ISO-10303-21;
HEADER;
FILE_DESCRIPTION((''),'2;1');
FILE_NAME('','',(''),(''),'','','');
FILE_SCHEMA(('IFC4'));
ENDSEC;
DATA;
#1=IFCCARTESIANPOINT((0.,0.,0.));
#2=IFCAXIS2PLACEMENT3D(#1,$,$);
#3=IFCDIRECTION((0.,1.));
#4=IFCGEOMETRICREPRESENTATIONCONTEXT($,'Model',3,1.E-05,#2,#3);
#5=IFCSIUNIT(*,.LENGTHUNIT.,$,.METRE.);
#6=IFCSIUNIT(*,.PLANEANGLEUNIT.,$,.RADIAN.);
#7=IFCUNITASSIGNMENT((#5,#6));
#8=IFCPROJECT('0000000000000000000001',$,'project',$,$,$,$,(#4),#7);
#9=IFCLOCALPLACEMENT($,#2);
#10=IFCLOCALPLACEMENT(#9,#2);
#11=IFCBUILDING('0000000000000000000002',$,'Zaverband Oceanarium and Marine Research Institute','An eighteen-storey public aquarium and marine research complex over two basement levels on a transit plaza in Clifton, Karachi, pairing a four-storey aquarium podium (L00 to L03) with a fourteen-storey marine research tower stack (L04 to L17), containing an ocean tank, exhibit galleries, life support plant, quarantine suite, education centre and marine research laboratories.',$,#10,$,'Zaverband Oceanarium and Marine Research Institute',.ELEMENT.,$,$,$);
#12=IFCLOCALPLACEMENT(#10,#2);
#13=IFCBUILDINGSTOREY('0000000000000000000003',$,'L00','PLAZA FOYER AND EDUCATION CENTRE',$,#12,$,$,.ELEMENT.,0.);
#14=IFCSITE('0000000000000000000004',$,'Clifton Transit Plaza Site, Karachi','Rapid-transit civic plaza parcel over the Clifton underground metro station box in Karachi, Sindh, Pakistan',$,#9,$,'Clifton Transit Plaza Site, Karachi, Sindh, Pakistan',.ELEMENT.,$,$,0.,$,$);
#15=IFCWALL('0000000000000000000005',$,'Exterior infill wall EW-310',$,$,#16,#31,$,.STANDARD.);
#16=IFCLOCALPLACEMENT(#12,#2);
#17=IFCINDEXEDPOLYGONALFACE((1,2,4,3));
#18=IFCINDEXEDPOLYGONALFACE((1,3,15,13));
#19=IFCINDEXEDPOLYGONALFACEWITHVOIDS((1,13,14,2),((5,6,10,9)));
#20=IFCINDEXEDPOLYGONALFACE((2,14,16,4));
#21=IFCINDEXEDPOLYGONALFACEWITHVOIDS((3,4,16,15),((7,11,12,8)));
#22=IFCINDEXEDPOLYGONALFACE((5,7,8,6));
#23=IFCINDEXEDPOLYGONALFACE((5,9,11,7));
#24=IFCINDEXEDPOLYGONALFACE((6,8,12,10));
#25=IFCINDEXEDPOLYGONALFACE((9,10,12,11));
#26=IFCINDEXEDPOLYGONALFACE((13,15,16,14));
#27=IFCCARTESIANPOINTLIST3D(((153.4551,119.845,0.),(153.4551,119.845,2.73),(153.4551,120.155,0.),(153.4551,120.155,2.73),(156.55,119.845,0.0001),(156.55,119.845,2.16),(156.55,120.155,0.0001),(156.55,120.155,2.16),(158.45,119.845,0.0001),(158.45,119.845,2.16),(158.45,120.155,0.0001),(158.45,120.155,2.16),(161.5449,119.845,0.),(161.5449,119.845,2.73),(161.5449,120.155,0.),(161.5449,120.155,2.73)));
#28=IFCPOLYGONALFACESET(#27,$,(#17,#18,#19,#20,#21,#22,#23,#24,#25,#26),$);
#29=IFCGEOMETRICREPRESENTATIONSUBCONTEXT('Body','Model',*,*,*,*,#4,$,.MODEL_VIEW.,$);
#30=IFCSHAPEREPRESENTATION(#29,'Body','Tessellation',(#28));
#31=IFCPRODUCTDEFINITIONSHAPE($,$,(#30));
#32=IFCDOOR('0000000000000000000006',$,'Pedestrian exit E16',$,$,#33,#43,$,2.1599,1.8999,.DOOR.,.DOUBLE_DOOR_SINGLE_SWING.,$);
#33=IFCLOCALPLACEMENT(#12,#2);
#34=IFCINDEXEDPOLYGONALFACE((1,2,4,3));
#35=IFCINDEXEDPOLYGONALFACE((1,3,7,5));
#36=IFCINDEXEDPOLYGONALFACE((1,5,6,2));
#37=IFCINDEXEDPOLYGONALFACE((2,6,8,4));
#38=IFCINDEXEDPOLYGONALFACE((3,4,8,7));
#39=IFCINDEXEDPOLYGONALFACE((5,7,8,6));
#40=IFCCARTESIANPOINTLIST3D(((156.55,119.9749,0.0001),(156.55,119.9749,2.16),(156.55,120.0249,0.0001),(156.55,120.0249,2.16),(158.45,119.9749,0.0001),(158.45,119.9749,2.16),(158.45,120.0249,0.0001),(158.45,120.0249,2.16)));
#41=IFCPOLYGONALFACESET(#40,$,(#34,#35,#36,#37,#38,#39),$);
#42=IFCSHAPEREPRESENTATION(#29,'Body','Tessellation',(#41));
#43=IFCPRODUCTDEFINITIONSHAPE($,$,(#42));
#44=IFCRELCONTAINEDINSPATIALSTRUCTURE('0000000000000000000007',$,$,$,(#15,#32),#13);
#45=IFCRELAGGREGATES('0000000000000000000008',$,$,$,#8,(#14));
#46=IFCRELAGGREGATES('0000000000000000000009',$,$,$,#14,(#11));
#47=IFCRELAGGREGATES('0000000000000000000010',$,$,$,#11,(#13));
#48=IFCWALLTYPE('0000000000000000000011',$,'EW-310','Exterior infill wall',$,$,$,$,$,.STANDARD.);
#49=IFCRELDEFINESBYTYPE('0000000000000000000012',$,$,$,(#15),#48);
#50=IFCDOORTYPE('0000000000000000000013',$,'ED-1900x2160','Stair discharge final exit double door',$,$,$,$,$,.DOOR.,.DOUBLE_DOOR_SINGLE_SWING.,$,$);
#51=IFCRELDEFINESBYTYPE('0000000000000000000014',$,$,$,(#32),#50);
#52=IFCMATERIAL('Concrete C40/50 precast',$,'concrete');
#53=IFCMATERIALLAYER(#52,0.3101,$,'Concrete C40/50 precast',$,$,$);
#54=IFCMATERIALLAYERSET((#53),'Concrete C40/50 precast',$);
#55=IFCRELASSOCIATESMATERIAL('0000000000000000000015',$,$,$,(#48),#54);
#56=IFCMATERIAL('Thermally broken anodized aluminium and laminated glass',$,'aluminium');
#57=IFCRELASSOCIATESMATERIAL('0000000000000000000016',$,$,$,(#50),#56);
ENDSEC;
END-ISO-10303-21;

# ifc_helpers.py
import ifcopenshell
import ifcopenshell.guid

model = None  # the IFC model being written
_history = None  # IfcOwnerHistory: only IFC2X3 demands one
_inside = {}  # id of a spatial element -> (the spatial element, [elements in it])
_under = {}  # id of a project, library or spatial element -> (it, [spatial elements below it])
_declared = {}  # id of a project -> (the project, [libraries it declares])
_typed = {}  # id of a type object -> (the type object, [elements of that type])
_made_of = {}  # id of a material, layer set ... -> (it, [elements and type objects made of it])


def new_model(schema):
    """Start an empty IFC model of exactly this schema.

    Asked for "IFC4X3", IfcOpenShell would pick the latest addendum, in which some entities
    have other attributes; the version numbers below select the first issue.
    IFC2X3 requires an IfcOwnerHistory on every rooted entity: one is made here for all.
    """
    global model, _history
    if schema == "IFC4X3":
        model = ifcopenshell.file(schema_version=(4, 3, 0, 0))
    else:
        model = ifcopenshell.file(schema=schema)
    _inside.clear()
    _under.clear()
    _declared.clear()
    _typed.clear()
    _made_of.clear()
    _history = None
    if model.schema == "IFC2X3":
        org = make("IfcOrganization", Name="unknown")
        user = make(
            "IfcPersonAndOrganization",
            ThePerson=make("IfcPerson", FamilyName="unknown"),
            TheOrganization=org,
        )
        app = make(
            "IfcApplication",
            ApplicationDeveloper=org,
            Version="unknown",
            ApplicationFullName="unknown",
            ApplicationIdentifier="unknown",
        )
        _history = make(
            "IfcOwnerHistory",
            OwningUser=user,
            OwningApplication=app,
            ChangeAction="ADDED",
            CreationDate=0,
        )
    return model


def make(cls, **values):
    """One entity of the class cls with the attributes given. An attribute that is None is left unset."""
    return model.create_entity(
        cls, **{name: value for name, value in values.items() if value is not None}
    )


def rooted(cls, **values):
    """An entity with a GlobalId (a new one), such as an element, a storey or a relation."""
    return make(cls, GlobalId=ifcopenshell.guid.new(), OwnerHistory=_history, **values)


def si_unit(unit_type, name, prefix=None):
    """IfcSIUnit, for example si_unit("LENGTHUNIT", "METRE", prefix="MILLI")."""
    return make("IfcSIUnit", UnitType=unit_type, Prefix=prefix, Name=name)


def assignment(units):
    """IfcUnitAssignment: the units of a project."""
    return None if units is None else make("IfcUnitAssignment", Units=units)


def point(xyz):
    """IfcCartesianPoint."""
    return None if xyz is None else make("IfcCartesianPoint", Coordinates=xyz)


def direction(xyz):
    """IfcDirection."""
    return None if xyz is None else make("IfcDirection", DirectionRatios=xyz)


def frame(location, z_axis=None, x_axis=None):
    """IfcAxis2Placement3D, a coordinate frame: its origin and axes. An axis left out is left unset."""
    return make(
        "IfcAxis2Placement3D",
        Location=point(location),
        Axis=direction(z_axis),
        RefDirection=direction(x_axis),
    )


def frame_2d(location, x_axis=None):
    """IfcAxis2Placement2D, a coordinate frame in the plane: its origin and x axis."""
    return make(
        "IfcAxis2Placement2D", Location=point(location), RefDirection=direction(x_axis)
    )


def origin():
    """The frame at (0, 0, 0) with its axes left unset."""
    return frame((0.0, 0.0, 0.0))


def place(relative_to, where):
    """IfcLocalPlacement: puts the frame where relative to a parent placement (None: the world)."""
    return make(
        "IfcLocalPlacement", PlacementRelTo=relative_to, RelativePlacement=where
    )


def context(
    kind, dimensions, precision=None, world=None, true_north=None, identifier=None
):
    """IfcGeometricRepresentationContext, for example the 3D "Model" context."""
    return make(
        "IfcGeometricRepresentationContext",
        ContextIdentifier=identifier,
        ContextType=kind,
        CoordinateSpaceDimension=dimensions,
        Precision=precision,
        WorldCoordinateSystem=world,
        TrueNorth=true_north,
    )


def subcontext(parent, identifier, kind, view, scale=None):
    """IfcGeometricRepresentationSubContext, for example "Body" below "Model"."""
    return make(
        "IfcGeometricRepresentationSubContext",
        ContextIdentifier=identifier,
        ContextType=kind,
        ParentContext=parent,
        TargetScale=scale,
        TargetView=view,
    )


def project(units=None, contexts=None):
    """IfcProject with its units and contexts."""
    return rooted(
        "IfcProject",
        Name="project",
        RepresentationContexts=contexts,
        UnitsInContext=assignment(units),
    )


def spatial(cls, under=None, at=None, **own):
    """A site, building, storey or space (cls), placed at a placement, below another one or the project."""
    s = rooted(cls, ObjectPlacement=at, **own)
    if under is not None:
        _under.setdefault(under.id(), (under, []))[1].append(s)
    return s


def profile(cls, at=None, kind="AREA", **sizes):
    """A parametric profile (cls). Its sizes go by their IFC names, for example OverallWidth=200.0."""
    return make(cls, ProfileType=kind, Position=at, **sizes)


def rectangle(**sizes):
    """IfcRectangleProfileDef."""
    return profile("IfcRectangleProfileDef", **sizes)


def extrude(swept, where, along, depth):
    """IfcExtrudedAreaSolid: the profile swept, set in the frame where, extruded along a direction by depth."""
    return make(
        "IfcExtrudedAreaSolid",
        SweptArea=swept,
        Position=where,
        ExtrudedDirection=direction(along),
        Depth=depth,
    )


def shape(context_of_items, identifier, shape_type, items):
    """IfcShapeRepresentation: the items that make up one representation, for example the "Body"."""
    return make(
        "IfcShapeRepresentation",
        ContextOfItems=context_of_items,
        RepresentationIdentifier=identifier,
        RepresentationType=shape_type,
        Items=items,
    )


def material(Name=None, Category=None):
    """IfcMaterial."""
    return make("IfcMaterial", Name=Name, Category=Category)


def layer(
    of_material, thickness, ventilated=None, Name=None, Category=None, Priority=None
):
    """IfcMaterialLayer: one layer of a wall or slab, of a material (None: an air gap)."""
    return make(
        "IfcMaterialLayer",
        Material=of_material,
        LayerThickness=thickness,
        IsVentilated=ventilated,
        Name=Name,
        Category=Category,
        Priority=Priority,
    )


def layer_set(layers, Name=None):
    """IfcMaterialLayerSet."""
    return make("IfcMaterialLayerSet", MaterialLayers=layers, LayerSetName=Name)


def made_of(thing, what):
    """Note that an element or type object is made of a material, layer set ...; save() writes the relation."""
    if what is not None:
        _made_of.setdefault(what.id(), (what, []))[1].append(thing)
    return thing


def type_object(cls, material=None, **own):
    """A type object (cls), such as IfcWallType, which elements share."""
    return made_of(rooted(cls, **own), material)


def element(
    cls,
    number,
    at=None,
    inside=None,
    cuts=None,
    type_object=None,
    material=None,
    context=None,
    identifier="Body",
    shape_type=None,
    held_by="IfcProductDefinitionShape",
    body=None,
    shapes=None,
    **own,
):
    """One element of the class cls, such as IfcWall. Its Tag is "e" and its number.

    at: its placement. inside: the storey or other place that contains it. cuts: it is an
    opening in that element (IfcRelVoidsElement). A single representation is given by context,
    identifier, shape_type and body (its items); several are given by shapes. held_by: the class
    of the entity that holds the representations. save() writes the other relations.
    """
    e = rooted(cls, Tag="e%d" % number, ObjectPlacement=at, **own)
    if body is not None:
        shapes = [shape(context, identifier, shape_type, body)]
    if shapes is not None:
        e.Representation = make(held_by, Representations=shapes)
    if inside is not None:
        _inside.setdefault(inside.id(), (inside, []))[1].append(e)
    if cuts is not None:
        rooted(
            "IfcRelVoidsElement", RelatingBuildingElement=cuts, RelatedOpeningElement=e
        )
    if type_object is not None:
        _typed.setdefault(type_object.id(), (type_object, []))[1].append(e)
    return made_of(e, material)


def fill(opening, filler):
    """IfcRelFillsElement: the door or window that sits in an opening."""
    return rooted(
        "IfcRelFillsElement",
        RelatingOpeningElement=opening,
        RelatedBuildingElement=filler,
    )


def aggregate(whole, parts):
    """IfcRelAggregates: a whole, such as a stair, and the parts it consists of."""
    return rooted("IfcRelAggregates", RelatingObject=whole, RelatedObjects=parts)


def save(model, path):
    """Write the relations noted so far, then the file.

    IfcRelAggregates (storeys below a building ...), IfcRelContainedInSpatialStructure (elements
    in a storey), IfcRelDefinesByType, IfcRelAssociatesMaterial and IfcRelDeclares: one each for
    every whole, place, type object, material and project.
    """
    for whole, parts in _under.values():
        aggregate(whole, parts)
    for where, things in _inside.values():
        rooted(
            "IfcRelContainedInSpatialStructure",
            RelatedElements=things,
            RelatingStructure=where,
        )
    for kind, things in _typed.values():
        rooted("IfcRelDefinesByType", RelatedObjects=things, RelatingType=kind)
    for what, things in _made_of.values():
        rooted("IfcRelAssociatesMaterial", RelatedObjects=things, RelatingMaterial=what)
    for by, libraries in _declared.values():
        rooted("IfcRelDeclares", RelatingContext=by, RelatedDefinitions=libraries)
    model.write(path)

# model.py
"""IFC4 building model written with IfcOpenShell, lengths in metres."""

from ifc_helpers import new_model, si_unit, direction, frame, frame_2d, origin, place, context, subcontext, project, spatial, rectangle, extrude, material, layer, layer_set, type_object, element, fill, save


model = new_model("IFC4")

# Units and contexts
model_context = context("Model", 3, precision=1e-05, world=origin(), true_north=direction((0.0, 1.0)))
body_context = subcontext(model_context, "Body", "Model", "MODEL_VIEW")
ifc_project = project(units=[si_unit("LENGTHUNIT", "METRE"), si_unit("PLANEANGLEUNIT", "RADIAN")], contexts=[model_context])

# Site, building, storey
site_placement = place(None, origin())
site = spatial("IfcSite", under=ifc_project, at=site_placement, Name="Clifton Transit Plaza Site, Karachi", Description="Rapid-transit civic plaza parcel over the Clifton underground metro station box in Karachi, Sindh, Pakistan", LongName="Clifton Transit Plaza Site, Karachi, Sindh, Pakistan", CompositionType="ELEMENT", RefElevation=0.0)
building_placement = place(site_placement, origin())
building = spatial("IfcBuilding", under=site, at=building_placement, Name="Zaverband Oceanarium and Marine Research Institute", Description="An eighteen-storey public aquarium and marine research complex over two basement levels on a transit plaza in Clifton, Karachi, pairing a four-storey aquarium podium (L00 to L03) with a fourteen-storey marine research tower stack (L04 to L17), containing an ocean tank, exhibit galleries, life support plant, quarantine suite, education centre and marine research laboratories.", LongName="Zaverband Oceanarium and Marine Research Institute", CompositionType="ELEMENT")
storey_placement = place(building_placement, origin())
storey = spatial("IfcBuildingStorey", under=building, at=storey_placement, Name="L00", Description="PLAZA FOYER AND EDUCATION CENTRE", CompositionType="ELEMENT", Elevation=0.0)

# Shared definitions
ifc_material_1 = material(Name="Concrete C40/50 precast", Category="concrete")

# Wall, opening, door
ifc_layer_1 = layer(ifc_material_1, 0.3101, Name="Concrete C40/50 precast")
ifc_layer_set_1 = layer_set([ifc_layer_1], Name="Concrete C40/50 precast")
wall_type_1 = type_object("IfcWallType", Name="EW-310", Description="Exterior infill wall", PredefinedType="STANDARD", material=ifc_layer_set_1)
wall_1_placement = place(storey_placement, frame((153.4551, 120.0, 0.0), z_axis=(0.0, 0.0, 1.0), x_axis=(1.0, 0.0, 0.0)))
wall_1 = element("IfcWall", 1, at=wall_1_placement, inside=storey, type_object=wall_type_1, Name="Exterior infill wall EW-310", PredefinedType="STANDARD", context=body_context, shape_type="SweptSolid", body=[
    extrude(rectangle(XDim=8.0898, YDim=0.3101, at=frame_2d((4.0449, 0.0))), origin(), (0.0, 0.0, 1.0), 2.73),
])
opening_1_placement = place(wall_1_placement, frame((3.095, 0.0, 0.0)))
opening_1 = element("IfcOpeningElement", 2, at=opening_1_placement, cuts=wall_1, PredefinedType="OPENING", context=body_context, shape_type="SweptSolid", body=[
    extrude(rectangle(XDim=1.8999, YDim=2.1599, at=frame_2d((0.95, 1.0801))), frame((0.0, 0.167, 0.0), z_axis=(0.0, -1.0, 0.0), x_axis=(1.0, 0.0, 0.0)), (0.0, 0.0, 1.0), 0.334),
])
ifc_material_2 = material(Name="Thermally broken anodized aluminium and laminated glass", Category="aluminium")
door_type = type_object("IfcDoorType", Name="ED-1900x2160", Description="Stair discharge final exit double door", OperationType="DOUBLE_DOOR_SINGLE_SWING", PredefinedType="DOOR", material=ifc_material_2)
door_placement = place(opening_1_placement, origin())
door = element("IfcDoor", 3, at=door_placement, inside=storey, type_object=door_type, Name="Pedestrian exit E16", OperationType="DOUBLE_DOOR_SINGLE_SWING", OverallHeight=2.1599, OverallWidth=1.8999, PredefinedType="DOOR", context=body_context, shape_type="SweptSolid", body=[
    extrude(rectangle(XDim=1.8999, YDim=2.1599, at=frame_2d((0.95, 1.0801))), frame((0.0, 0.0249, 0.0), z_axis=(0.0, -1.0, 0.0), x_axis=(1.0, 0.0, 0.0)), (0.0, 0.0, 1.0), 0.05),
])
fill(opening_1, door)

save(model, "model.ifc")
